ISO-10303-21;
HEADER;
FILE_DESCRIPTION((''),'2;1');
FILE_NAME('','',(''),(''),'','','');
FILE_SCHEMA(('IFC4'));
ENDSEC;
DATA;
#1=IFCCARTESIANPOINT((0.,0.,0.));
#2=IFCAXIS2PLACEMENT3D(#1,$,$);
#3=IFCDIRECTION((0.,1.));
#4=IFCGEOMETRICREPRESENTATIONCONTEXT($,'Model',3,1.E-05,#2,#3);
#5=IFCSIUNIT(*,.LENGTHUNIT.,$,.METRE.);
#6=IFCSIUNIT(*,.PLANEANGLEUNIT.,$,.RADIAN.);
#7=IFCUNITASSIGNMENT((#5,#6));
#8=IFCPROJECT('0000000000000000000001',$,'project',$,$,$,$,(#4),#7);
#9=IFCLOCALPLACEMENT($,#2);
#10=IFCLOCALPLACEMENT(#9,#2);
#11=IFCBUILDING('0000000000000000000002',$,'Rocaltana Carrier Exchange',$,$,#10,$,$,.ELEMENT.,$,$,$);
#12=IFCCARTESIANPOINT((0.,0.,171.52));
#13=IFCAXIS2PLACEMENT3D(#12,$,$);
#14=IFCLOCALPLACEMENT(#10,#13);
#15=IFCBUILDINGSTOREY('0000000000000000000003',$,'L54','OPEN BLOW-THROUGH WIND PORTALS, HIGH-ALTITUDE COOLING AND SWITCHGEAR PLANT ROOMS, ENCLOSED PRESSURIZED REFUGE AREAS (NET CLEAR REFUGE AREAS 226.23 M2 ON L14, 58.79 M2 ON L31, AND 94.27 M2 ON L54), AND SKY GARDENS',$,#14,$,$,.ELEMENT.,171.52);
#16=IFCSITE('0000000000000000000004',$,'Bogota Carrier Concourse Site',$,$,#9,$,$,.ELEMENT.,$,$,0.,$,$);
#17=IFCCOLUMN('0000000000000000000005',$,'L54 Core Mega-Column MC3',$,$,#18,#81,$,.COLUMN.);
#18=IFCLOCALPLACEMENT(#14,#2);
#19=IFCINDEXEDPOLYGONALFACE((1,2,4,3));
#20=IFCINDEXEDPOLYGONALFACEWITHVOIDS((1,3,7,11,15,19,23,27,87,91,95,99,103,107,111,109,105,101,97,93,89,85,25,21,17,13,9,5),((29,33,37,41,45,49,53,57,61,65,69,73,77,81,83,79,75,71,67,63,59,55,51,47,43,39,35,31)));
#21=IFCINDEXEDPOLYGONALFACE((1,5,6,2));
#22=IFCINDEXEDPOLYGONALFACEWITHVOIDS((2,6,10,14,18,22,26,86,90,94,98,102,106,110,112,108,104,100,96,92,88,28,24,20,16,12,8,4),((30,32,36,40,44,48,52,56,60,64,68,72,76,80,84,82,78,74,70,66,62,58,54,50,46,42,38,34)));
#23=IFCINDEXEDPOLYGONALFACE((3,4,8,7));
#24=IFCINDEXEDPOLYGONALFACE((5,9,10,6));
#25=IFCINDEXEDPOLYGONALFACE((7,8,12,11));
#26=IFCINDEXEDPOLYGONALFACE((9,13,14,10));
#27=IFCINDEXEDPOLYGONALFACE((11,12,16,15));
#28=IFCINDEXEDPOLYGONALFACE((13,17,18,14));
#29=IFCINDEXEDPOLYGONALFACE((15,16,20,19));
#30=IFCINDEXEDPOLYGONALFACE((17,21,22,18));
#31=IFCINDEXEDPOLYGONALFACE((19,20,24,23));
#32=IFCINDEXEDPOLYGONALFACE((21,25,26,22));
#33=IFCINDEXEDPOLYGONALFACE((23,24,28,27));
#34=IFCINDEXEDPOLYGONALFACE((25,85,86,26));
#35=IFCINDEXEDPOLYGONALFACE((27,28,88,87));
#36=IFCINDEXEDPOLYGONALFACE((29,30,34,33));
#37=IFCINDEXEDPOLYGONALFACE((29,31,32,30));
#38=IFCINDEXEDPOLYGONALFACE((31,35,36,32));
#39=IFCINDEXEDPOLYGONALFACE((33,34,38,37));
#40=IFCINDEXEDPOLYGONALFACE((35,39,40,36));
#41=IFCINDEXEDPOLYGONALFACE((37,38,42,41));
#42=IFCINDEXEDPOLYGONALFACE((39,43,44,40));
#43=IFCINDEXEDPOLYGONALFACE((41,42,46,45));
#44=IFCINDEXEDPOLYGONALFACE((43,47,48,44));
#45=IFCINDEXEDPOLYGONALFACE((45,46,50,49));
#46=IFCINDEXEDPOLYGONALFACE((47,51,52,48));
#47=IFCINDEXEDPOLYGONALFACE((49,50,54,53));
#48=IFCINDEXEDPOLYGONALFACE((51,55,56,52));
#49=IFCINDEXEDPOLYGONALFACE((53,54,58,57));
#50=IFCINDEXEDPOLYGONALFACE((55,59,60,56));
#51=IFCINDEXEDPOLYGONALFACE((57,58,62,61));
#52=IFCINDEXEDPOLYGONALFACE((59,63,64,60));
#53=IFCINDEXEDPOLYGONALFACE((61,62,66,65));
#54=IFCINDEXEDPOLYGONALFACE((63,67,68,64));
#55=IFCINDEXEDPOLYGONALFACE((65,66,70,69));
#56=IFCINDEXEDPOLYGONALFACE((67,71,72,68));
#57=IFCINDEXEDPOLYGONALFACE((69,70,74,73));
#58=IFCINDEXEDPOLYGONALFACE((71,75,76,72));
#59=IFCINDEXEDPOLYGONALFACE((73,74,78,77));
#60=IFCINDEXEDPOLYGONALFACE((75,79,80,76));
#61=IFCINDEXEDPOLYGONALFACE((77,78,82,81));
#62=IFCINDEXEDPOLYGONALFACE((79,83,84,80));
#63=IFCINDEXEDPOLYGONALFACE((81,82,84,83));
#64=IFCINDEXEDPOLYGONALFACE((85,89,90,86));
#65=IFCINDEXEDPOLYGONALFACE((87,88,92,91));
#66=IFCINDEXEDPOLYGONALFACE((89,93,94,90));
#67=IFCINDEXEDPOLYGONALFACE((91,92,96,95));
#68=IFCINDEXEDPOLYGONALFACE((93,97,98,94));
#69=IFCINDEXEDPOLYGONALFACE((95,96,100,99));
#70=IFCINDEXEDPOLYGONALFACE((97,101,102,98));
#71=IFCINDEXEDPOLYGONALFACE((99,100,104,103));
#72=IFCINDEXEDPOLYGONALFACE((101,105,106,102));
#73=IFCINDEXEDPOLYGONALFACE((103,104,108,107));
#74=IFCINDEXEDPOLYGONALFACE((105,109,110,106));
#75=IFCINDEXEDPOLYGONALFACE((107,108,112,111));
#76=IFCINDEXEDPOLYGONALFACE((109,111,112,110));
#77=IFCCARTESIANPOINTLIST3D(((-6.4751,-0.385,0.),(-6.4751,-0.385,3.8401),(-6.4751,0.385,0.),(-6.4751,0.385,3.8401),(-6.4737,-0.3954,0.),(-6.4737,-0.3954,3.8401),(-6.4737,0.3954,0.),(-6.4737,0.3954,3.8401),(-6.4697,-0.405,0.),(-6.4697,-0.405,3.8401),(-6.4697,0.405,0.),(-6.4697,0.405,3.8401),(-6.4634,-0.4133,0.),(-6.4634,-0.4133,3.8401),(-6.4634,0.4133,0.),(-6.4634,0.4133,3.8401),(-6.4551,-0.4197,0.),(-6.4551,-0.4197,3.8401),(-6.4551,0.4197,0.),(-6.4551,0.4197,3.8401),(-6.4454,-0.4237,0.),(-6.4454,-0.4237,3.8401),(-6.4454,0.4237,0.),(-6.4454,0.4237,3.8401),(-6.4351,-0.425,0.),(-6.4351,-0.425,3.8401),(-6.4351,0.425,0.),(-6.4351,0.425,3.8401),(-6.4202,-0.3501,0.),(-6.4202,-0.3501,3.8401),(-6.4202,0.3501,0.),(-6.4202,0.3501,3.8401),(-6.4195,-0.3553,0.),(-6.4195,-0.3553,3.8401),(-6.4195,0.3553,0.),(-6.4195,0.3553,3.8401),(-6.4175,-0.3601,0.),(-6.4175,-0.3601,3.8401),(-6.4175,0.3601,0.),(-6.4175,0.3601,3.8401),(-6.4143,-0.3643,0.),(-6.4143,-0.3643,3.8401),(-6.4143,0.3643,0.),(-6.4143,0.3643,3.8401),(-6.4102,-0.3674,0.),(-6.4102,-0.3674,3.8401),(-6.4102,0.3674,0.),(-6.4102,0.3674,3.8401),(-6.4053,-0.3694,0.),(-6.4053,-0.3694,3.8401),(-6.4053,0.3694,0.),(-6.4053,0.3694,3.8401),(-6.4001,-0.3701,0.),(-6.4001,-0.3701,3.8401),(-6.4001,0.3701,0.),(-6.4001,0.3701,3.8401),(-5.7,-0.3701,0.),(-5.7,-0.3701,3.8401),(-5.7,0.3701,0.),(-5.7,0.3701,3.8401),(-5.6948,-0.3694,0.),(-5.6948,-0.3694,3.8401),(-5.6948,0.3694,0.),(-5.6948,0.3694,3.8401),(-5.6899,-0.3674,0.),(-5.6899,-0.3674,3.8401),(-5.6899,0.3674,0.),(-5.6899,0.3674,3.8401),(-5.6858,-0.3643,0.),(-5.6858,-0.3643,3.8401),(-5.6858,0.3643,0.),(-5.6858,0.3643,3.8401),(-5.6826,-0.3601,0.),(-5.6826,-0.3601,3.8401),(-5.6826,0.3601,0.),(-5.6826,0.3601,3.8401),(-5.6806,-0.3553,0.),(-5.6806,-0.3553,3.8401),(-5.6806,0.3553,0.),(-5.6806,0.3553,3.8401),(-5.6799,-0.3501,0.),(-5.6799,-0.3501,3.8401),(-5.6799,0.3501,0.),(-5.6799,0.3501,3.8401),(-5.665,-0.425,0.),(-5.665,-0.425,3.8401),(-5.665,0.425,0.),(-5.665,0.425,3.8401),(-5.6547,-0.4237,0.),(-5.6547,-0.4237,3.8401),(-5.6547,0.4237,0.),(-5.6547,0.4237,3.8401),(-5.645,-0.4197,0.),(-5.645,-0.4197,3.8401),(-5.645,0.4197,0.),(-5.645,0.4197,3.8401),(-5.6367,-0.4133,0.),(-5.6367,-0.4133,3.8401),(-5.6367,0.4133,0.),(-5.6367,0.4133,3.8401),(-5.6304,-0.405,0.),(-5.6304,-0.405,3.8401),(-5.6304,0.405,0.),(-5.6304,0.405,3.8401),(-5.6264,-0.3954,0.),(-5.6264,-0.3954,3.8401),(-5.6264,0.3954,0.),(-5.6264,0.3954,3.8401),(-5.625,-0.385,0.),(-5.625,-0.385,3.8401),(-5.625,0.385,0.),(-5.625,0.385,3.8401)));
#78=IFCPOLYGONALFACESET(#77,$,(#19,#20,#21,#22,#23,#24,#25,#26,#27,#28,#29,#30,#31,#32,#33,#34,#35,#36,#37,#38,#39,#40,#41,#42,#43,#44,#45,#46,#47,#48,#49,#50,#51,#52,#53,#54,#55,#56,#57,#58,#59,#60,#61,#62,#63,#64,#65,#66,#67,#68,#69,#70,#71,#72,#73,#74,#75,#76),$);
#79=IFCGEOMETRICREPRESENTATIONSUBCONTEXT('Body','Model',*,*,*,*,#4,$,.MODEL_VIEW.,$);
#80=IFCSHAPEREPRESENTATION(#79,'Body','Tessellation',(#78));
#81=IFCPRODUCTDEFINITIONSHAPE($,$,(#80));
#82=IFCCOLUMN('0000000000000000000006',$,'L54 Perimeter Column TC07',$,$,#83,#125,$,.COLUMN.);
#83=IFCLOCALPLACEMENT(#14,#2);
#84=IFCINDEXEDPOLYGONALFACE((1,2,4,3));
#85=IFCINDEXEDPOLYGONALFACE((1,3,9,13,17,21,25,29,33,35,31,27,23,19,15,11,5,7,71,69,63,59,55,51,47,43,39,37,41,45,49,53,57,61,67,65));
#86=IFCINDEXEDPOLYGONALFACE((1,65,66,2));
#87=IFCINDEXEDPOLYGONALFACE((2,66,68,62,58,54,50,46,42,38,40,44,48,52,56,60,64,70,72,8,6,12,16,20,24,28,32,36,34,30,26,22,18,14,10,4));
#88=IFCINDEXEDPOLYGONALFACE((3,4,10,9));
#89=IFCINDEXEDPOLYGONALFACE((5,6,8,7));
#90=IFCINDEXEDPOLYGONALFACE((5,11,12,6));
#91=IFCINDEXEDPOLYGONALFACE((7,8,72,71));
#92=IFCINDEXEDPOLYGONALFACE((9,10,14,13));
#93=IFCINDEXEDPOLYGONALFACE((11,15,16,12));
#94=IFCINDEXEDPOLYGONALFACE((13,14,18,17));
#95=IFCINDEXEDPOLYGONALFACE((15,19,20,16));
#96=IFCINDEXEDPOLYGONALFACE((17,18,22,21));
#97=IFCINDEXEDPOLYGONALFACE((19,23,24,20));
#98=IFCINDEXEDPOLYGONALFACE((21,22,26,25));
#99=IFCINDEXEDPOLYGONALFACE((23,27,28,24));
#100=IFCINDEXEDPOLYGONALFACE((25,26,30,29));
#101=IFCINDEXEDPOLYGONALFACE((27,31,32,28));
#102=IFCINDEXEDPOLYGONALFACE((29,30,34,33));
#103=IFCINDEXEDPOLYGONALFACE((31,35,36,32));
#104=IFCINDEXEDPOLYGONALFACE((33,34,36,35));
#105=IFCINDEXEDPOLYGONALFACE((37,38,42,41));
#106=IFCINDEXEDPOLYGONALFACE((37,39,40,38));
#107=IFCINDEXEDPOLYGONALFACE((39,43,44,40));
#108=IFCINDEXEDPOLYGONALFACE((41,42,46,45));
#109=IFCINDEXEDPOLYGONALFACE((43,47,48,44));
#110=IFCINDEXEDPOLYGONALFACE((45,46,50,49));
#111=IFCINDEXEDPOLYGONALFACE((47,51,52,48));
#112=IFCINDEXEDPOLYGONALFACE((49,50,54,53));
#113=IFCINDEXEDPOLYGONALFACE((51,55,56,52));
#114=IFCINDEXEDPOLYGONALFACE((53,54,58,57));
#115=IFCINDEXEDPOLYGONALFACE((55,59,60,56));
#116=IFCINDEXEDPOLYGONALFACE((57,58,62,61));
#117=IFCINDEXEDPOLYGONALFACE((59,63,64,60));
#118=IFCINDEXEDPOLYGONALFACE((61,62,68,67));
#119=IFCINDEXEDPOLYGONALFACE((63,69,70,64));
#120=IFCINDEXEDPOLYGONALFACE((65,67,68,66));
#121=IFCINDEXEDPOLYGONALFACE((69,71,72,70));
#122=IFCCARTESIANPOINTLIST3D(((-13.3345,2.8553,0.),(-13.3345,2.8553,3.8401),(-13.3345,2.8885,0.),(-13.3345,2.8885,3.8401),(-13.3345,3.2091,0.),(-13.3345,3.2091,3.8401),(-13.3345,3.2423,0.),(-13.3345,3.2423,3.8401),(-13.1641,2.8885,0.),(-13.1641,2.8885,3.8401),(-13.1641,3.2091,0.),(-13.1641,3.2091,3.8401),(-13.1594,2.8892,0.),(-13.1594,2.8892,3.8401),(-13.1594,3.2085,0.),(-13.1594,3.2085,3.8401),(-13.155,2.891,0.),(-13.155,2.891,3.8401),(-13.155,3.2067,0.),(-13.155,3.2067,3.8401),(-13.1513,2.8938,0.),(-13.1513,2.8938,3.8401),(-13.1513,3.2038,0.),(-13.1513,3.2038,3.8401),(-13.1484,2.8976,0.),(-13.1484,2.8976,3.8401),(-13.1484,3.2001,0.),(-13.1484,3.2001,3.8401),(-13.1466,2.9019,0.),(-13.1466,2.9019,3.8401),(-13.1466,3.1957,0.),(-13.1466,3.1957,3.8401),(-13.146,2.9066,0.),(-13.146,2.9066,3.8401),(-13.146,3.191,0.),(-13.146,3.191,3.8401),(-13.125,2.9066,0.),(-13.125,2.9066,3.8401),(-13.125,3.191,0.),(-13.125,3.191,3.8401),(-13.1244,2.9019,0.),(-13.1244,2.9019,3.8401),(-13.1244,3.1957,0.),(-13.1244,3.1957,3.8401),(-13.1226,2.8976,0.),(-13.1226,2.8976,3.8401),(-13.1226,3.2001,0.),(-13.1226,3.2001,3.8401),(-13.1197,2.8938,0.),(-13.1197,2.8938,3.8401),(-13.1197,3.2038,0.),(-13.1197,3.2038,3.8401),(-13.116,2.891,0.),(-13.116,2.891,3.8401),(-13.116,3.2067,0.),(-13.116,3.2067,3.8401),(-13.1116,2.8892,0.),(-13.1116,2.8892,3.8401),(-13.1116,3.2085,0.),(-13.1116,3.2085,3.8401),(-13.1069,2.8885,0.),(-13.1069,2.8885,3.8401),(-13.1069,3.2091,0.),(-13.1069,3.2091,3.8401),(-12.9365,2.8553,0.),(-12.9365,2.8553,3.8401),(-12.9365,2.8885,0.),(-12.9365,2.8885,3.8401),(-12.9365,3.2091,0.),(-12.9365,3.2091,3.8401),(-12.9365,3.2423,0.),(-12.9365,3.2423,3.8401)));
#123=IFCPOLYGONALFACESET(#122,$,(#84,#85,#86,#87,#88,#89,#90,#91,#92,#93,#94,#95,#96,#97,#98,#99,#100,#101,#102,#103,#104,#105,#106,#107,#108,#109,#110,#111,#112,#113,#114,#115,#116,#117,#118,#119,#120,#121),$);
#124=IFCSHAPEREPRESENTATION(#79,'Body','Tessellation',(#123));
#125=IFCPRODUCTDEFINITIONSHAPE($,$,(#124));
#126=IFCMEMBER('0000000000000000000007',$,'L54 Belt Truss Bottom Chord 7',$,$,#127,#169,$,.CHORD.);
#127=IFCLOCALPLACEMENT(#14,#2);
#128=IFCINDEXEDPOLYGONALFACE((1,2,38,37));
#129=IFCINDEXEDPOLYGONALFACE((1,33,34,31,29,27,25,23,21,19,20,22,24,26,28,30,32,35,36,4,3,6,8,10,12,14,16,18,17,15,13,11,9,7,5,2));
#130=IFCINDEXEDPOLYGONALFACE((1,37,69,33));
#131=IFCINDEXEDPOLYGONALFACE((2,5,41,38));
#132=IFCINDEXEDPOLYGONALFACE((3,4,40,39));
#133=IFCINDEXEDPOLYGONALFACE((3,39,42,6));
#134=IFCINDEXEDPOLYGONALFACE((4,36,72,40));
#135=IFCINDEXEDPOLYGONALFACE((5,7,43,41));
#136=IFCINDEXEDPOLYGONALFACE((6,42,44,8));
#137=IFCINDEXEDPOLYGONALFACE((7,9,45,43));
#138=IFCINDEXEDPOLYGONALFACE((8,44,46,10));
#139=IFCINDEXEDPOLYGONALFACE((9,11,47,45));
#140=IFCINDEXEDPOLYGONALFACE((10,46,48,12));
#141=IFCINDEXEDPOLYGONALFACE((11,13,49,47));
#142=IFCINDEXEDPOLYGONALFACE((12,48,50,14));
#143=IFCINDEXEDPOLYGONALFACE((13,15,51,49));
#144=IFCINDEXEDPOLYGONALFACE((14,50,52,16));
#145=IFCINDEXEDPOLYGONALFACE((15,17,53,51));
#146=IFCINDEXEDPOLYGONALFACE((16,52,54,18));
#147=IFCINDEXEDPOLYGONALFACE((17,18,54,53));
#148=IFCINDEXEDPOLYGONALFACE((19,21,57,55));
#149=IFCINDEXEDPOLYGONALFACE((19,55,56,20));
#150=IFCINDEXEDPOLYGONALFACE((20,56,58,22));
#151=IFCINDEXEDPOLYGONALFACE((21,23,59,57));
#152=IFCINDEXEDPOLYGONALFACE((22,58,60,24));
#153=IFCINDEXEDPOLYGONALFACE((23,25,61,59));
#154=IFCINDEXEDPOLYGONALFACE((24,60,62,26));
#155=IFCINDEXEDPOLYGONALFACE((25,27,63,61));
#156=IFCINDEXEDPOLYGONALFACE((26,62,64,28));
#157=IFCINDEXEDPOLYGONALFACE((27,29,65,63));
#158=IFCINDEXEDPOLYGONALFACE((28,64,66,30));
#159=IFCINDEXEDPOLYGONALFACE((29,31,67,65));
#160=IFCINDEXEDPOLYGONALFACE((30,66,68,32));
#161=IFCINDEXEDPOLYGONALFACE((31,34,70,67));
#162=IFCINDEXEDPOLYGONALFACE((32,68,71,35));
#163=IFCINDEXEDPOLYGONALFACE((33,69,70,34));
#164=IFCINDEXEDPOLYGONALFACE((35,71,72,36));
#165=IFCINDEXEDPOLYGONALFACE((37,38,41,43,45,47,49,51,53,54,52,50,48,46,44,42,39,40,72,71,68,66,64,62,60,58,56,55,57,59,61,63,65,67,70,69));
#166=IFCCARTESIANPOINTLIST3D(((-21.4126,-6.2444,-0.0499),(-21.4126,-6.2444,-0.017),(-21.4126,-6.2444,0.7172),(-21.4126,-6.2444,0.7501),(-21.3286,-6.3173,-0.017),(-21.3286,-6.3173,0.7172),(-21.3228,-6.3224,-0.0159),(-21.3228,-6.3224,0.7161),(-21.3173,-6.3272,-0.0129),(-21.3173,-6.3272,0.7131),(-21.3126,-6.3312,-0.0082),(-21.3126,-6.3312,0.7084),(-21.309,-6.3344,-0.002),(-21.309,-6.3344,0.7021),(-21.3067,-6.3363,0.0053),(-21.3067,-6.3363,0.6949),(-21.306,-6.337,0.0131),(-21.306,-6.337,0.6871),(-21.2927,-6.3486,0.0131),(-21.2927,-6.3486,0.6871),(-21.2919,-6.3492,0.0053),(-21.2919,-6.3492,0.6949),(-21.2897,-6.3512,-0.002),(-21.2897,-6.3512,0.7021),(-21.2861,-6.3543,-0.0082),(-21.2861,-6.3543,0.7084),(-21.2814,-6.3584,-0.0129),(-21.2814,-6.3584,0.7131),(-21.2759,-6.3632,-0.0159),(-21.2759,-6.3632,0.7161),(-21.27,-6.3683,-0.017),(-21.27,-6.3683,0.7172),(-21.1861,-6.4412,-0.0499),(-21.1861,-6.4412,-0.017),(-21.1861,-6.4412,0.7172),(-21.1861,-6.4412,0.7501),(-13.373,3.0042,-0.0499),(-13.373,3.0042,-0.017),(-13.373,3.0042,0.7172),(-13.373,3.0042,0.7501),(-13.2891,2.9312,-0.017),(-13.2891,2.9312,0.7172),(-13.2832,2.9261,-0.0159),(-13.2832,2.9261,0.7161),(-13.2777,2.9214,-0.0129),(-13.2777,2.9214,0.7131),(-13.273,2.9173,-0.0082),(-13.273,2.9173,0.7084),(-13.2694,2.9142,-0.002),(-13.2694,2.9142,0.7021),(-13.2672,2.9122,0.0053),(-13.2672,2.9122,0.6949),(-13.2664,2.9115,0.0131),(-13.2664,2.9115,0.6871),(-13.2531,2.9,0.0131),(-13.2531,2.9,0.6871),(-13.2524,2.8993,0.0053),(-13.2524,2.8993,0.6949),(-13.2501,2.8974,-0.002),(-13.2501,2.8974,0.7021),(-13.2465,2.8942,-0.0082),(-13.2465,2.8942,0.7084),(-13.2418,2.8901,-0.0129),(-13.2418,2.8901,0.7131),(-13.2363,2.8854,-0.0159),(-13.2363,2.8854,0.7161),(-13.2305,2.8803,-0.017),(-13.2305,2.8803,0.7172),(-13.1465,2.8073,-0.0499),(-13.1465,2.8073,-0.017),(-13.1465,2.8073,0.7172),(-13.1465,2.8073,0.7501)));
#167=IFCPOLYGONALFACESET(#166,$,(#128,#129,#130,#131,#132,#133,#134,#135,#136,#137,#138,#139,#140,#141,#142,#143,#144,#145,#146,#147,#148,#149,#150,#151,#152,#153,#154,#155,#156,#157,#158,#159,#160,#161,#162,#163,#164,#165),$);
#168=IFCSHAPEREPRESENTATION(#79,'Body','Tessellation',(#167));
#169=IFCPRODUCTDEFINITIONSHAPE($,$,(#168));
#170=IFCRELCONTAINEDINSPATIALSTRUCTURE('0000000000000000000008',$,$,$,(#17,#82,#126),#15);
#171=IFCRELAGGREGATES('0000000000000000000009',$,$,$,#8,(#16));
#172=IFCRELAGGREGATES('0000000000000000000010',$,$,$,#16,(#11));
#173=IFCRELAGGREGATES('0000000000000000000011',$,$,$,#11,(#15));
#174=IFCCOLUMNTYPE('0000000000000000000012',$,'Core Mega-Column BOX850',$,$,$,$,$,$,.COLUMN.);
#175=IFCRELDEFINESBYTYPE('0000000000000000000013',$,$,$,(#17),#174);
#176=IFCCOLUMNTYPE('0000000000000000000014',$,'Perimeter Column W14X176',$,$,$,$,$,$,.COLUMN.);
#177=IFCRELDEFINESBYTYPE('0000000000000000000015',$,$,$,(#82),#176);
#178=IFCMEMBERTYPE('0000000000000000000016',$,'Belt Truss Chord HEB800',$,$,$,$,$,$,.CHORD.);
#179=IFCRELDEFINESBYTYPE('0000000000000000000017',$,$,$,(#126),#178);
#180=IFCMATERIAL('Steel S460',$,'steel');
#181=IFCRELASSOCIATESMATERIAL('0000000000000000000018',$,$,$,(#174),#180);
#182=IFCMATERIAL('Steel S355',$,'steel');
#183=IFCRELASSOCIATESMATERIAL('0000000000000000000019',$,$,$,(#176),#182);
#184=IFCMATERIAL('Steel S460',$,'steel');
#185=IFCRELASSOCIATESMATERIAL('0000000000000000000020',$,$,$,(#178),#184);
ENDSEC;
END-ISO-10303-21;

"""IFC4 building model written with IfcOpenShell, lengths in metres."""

from ifc_helpers import new_model, si_unit, direction, frame, origin, origin_2d, place, context, subcontext, project, spatial, hollow_rectangle, i_section, extrude, material, material_profile, profile_set, type_object, element, save


model = new_model("IFC4")

# Units and contexts
model_context = context("Model", 3, precision=1e-05, world=origin(), true_north=direction((0.0, 1.0)))
body_context = subcontext(model_context, "Body", "Model", "MODEL_VIEW")
ifc_project = project(units=[si_unit("LENGTHUNIT", "METRE"), si_unit("PLANEANGLEUNIT", "RADIAN")], contexts=[model_context])

# Site, building, storey
site_placement = place(None, origin())
site = spatial("IfcSite", under=ifc_project, at=site_placement, Name="Bogota Carrier Concourse Site", CompositionType="ELEMENT", RefElevation=0.0)
building_placement = place(site_placement, origin())
building = spatial("IfcBuilding", under=site, at=building_placement, Name="Rocaltana Carrier Exchange", CompositionType="ELEMENT")
storey_placement = place(building_placement, frame((0.0, 0.0, 171.52)))
storey = spatial("IfcBuildingStorey", under=building, at=storey_placement, Name="L54", Description="OPEN BLOW-THROUGH WIND PORTALS, HIGH-ALTITUDE COOLING AND SWITCHGEAR PLANT ROOMS, ENCLOSED PRESSURIZED REFUGE AREAS (NET CLEAR REFUGE AREAS 226.23 M2 ON L14, 58.79 M2 ON L31, AND 94.27 M2 ON L54), AND SKY GARDENS", CompositionType="ELEMENT", Elevation=171.52)

# Columns
ifc_material_1 = material(Name="Steel S460", Category="steel")
ifc_material_profile_1 = material_profile(ifc_material_1, hollow_rectangle(XDim=0.8501, YDim=0.8501, WallThickness=0.0549, InnerFilletRadius=0.02, OuterFilletRadius=0.04, at=origin_2d()), Name="BOX850X850X55")
ifc_profile_set_1 = profile_set([ifc_material_profile_1], Name="Steel S460")
column_type_1 = type_object("IfcColumnType", Name="Core Mega-Column BOX850", PredefinedType="COLUMN", material=ifc_profile_set_1)
column_1_placement = place(storey_placement, frame((-6.05, 0.0, 0.0), z_axis=(0.0, 0.0, 1.0), x_axis=(1.0, 0.0, 0.0)))
element("IfcColumn", 1, at=column_1_placement, inside=storey, type_object=column_type_1, Name="L54 Core Mega-Column MC3", PredefinedType="COLUMN", context=body_context, shape_type="SweptSolid", body=[
    extrude(hollow_rectangle(XDim=0.8501, YDim=0.8501, WallThickness=0.0549, InnerFilletRadius=0.02, OuterFilletRadius=0.04, at=origin_2d()), origin(), (0.0, 0.0, 1.0), 3.8401),
])
ifc_material_2 = material(Name="Steel S355", Category="steel")
ifc_material_profile_2 = material_profile(ifc_material_2, i_section(OverallWidth=0.3979, OverallDepth=0.387, WebThickness=0.021, FlangeThickness=0.0332, FilletRadius=0.0181, at=origin_2d()), Name="W14X176")
ifc_profile_set_2 = profile_set([ifc_material_profile_2], Name="Steel S355")
column_type_2 = type_object("IfcColumnType", Name="Perimeter Column W14X176", PredefinedType="COLUMN", material=ifc_profile_set_2)
column_2_placement = place(storey_placement, frame((-13.1355, 3.0488, 0.0), z_axis=(0.0, 0.0, 1.0), x_axis=(1.0, 0.0, 0.0)))
element("IfcColumn", 2, at=column_2_placement, inside=storey, type_object=column_type_2, Name="L54 Perimeter Column TC07", PredefinedType="COLUMN", context=body_context, shape_type="SweptSolid", body=[
    extrude(i_section(OverallWidth=0.3979, OverallDepth=0.387, WebThickness=0.021, FlangeThickness=0.0332, FilletRadius=0.0181, at=origin_2d()), origin(), (0.0, 0.0, 1.0), 3.8401),
])

# Member
ifc_material_3 = material(Name="Steel S460", Category="steel")
ifc_material_profile_3 = material_profile(ifc_material_3, i_section(OverallWidth=0.3, OverallDepth=0.8, WebThickness=0.0176, FlangeThickness=0.033, FilletRadius=0.03, at=origin_2d()), Name="HEB800")
ifc_profile_set_3 = profile_set([ifc_material_profile_3], Name="Steel S460")
member_type_1 = type_object("IfcMemberType", Name="Belt Truss Chord HEB800", PredefinedType="CHORD", material=ifc_profile_set_3)
member_1_placement = place(storey_placement, frame((-13.2598, 2.9058, 0.3501), z_axis=(-0.656055, -0.754713, 0.0), x_axis=(0.754713, -0.656055, 0.0)))
element("IfcMember", 3, at=member_1_placement, inside=storey, type_object=member_type_1, Name="L54 Belt Truss Bottom Chord 7", PredefinedType="CHORD", context=body_context, shape_type="SweptSolid", body=[
    extrude(i_section(OverallWidth=0.3, OverallDepth=0.8, WebThickness=0.0176, FlangeThickness=0.033, FilletRadius=0.03, at=origin_2d()), origin(), (0.0, 0.0, 1.0), 12.2544),
])

save(model, "model.ifc")
